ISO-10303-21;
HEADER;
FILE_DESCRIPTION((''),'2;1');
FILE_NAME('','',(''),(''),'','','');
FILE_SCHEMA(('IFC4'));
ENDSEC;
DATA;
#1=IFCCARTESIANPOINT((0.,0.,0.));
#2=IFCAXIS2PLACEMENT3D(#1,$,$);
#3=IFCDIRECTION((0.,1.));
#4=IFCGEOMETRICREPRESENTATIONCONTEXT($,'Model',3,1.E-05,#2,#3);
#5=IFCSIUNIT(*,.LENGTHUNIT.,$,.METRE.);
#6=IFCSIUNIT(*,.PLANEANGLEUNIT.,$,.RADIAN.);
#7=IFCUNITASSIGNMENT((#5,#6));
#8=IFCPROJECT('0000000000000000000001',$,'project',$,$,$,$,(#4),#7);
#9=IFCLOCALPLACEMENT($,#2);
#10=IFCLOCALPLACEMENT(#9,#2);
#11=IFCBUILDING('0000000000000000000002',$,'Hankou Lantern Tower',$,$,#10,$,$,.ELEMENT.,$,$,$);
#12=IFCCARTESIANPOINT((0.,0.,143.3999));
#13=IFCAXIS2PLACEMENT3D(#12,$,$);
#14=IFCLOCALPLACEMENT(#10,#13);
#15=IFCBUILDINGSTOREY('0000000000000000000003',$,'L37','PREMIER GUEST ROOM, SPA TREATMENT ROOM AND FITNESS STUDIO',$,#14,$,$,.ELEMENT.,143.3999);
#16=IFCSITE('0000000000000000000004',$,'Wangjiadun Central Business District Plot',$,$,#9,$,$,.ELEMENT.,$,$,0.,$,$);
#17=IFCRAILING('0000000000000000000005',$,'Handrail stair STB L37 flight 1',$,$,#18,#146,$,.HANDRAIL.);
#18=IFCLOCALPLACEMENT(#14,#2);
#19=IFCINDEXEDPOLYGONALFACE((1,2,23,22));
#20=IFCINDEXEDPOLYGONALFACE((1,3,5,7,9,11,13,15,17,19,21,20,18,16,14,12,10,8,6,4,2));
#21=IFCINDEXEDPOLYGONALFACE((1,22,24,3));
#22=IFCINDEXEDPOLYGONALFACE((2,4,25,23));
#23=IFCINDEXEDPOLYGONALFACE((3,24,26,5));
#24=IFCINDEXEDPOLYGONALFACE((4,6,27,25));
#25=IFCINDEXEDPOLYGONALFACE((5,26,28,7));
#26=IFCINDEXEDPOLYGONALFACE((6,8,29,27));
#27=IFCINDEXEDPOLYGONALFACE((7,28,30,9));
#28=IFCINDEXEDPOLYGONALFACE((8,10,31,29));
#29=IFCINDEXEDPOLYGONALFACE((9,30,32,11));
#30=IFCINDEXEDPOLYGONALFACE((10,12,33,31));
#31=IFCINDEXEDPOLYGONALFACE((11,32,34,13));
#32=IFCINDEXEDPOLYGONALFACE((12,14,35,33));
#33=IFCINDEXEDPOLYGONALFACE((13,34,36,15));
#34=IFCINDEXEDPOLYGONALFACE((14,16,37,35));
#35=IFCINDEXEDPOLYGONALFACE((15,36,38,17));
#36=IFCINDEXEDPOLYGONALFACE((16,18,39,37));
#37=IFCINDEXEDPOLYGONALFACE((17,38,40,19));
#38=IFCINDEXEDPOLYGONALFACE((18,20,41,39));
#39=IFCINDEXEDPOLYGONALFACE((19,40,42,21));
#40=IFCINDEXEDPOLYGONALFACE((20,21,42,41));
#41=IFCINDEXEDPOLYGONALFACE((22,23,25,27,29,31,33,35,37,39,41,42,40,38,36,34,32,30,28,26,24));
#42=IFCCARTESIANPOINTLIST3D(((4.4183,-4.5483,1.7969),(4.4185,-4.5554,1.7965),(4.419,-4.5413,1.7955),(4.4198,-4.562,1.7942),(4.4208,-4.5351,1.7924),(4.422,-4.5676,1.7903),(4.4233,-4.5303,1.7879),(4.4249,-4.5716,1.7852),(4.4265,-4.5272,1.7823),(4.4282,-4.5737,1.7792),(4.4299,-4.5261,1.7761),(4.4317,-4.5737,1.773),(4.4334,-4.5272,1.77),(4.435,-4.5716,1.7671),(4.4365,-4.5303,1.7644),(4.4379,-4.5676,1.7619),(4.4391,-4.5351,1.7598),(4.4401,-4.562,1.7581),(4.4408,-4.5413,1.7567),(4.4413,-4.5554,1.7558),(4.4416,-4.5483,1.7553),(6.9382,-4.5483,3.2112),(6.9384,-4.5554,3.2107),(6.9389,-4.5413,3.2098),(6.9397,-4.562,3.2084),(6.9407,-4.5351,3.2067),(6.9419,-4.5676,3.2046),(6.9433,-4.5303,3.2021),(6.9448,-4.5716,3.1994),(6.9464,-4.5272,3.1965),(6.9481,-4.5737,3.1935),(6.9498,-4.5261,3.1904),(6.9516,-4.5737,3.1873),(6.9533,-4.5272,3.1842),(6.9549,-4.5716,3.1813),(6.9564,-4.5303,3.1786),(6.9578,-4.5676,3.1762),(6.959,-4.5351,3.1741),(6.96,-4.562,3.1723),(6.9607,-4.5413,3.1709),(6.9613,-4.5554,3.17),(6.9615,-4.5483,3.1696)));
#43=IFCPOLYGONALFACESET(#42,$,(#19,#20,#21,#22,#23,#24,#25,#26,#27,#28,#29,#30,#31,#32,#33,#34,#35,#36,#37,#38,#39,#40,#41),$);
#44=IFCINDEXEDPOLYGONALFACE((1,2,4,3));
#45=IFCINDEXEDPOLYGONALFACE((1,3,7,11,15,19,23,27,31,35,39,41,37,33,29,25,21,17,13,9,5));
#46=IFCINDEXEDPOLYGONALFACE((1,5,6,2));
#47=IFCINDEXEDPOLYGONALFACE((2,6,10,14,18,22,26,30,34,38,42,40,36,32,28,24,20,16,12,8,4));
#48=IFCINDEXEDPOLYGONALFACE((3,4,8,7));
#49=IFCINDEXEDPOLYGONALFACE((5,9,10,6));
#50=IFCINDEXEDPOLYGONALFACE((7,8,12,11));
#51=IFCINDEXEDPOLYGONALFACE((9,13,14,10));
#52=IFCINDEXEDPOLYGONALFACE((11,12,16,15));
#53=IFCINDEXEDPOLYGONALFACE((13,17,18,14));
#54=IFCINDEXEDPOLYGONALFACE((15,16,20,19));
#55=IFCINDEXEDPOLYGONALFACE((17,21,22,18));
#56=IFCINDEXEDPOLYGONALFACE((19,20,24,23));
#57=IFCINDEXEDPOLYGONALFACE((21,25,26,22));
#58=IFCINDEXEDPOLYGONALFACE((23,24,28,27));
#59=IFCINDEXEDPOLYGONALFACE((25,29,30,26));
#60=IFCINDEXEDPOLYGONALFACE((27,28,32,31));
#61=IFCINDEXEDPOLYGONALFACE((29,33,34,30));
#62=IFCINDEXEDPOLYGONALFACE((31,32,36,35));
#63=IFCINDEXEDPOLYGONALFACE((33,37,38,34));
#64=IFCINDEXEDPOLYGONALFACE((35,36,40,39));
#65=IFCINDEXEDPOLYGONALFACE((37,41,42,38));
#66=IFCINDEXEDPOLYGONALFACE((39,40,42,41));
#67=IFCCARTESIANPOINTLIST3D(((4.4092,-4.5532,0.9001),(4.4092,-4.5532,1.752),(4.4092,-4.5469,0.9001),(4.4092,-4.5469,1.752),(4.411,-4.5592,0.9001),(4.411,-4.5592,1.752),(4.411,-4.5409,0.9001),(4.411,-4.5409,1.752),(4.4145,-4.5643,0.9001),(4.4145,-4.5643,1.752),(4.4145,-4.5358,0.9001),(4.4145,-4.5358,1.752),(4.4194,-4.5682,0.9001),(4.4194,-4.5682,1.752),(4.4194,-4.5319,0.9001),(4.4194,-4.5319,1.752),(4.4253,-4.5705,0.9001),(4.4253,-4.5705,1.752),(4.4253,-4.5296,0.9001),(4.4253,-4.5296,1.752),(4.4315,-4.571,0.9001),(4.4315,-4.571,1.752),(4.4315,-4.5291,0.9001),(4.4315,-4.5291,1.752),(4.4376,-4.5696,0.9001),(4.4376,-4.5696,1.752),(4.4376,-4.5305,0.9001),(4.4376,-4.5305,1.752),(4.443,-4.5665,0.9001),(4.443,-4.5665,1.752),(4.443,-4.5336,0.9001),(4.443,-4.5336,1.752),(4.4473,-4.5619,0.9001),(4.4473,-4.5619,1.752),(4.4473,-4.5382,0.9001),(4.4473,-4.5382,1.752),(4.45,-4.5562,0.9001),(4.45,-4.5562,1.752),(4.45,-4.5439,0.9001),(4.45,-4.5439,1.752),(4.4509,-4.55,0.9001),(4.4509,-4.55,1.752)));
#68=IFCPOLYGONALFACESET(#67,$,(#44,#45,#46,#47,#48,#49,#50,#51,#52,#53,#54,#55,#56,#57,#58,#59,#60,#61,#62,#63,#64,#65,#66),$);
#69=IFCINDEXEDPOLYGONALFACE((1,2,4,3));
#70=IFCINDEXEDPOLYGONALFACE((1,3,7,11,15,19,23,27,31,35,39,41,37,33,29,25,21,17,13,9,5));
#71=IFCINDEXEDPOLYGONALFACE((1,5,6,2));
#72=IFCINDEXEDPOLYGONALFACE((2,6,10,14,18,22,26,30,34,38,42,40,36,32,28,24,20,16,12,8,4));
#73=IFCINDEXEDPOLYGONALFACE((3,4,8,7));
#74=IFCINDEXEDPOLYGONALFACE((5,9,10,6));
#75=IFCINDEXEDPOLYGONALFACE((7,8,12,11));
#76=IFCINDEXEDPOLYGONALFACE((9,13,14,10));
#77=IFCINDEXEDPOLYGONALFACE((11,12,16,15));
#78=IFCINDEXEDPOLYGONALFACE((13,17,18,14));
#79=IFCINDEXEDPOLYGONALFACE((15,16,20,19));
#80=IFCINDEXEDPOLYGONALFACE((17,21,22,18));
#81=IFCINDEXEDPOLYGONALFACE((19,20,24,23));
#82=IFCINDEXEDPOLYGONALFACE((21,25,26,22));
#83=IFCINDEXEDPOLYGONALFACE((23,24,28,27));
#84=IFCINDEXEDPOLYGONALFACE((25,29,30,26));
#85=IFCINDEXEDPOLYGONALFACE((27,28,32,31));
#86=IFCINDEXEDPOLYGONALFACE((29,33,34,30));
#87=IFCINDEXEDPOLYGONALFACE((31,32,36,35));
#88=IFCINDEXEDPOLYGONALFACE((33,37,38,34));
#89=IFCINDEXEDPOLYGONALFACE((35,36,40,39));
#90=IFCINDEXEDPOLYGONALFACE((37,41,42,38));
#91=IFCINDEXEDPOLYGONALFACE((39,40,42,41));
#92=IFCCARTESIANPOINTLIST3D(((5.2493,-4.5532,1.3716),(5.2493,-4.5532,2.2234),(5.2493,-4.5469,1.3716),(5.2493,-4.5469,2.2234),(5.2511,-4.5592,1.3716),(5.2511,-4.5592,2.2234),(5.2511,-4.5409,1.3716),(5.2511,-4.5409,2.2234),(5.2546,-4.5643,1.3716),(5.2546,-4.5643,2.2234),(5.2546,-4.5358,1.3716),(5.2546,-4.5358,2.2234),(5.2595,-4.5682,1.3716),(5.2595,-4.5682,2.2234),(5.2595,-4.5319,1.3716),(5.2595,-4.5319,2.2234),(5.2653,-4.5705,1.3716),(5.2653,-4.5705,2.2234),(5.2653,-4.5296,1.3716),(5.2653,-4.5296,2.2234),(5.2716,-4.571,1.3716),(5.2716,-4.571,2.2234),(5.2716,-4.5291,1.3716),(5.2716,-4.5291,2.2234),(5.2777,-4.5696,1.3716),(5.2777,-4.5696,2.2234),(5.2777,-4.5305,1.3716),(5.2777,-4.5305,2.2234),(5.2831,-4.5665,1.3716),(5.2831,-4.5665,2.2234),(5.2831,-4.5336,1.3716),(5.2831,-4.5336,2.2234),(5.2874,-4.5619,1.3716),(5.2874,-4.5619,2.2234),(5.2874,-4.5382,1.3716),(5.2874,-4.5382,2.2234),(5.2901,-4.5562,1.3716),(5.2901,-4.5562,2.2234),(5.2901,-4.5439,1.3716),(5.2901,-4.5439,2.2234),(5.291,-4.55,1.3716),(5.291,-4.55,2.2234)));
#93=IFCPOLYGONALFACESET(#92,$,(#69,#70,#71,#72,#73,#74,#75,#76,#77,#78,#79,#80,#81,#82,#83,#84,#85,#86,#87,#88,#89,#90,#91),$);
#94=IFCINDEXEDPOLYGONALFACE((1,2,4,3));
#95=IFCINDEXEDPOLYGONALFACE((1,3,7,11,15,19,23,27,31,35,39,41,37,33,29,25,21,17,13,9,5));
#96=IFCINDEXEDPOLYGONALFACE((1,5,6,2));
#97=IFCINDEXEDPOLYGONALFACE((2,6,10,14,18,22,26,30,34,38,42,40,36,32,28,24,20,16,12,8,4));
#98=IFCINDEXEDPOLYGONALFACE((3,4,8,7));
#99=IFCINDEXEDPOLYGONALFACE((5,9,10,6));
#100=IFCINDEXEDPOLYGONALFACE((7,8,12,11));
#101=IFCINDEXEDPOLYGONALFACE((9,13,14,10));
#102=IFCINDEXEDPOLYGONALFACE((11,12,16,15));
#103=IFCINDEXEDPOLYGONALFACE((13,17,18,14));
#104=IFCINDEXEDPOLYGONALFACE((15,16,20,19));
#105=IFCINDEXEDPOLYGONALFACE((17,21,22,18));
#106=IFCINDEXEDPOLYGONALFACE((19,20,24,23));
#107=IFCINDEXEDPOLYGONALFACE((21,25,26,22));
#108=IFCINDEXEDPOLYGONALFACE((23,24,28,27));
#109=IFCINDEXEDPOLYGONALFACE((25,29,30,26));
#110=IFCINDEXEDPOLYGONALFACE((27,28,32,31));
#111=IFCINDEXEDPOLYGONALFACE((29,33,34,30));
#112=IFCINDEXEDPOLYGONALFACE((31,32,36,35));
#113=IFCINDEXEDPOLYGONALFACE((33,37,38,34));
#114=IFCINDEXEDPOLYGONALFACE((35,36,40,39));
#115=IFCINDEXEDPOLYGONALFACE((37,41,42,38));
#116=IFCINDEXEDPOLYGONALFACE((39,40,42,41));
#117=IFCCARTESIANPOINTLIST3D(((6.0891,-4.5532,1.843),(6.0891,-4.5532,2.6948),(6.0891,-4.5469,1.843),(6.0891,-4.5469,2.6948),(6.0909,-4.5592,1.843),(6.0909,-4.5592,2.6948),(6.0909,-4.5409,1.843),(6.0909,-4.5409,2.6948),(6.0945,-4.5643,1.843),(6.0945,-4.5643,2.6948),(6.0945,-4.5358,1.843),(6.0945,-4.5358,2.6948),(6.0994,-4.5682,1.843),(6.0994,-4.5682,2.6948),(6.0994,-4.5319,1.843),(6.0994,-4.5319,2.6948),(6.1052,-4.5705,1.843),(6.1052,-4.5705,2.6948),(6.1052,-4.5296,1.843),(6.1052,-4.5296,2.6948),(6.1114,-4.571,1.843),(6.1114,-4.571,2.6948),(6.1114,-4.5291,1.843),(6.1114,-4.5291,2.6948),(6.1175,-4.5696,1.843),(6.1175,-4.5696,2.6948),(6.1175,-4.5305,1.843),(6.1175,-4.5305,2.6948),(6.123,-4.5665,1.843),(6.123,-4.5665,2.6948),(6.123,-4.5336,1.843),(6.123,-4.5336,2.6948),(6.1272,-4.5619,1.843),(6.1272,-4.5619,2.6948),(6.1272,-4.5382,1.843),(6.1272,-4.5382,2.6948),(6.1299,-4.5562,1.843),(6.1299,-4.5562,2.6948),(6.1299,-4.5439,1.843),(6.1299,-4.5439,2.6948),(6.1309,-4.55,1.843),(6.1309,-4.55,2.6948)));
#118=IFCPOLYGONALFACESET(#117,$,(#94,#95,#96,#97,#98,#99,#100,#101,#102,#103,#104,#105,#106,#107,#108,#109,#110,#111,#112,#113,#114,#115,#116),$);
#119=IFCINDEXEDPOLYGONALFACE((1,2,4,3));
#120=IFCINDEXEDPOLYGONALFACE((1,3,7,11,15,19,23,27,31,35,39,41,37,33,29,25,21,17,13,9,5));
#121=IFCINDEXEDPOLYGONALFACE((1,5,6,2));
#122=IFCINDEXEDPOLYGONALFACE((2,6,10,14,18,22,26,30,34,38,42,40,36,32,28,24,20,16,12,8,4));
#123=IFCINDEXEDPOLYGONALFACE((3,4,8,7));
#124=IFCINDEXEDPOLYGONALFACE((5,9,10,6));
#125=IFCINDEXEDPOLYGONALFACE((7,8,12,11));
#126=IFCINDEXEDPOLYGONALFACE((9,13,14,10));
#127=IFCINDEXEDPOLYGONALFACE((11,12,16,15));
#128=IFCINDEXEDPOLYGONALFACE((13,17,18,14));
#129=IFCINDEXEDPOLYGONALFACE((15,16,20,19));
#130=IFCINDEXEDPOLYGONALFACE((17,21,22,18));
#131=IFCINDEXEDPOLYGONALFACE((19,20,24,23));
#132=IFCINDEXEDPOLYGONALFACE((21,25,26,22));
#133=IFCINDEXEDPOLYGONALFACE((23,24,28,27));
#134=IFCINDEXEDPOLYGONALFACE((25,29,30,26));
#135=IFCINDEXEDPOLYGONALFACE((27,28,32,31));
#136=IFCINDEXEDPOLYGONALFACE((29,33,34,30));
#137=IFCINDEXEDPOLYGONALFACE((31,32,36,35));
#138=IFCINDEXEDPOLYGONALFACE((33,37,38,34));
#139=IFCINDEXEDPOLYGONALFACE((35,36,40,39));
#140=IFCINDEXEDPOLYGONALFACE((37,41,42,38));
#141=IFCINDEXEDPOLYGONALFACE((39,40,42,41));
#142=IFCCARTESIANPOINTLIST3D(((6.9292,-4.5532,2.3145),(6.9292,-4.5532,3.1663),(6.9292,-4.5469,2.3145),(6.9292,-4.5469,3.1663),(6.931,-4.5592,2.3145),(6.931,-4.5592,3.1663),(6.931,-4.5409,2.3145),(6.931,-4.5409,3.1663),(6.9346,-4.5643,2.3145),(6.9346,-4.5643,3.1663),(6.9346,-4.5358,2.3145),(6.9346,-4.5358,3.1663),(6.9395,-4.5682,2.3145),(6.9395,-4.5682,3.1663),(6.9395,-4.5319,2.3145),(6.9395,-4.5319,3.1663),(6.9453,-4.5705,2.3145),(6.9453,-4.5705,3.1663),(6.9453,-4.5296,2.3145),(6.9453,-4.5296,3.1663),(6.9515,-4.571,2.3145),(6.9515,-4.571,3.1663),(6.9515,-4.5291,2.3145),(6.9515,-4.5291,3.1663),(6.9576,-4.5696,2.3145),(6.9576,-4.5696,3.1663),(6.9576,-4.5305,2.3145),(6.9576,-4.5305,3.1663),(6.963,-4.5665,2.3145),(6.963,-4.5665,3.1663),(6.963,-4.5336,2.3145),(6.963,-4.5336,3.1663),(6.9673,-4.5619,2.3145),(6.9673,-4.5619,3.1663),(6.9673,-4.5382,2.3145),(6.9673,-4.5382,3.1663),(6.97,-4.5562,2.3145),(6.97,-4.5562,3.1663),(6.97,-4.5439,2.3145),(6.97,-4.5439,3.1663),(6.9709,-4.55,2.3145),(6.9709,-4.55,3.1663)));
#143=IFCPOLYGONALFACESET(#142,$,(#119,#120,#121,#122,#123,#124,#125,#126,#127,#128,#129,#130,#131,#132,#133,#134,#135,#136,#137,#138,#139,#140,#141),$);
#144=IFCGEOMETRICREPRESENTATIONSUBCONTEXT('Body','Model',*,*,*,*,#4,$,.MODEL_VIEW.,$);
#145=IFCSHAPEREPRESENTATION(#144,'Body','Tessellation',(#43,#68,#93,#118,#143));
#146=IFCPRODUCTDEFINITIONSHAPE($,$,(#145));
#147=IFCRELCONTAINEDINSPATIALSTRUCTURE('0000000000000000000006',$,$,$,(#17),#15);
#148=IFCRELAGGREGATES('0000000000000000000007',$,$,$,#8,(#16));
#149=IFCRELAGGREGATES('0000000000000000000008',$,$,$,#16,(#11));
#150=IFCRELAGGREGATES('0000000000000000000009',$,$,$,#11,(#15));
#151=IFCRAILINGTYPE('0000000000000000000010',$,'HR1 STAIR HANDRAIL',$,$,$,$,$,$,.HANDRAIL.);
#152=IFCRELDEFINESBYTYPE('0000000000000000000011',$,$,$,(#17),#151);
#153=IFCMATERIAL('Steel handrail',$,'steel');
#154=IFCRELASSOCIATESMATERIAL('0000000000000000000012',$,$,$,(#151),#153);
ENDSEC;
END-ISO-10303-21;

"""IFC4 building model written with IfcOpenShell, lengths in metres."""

from ifc_helpers import new_model, si_unit, direction, frame, origin, origin_2d, place, context, subcontext, project, spatial, circle, extrude, material, type_object, element, save


model = new_model("IFC4")

# Units and contexts
model_context = context("Model", 3, precision=1e-05, world=origin(), true_north=direction((0.0, 1.0)))
body_context = subcontext(model_context, "Body", "Model", "MODEL_VIEW")
ifc_project = project(units=[si_unit("LENGTHUNIT", "METRE"), si_unit("PLANEANGLEUNIT", "RADIAN")], contexts=[model_context])

# Site, building, storey
site_placement = place(None, origin())
site = spatial("IfcSite", under=ifc_project, at=site_placement, Name="Wangjiadun Central Business District Plot", CompositionType="ELEMENT", RefElevation=0.0)
building_placement = place(site_placement, origin())
building = spatial("IfcBuilding", under=site, at=building_placement, Name="Hankou Lantern Tower", CompositionType="ELEMENT")
storey_placement = place(building_placement, frame((0.0, 0.0, 143.3999)))
storey = spatial("IfcBuildingStorey", under=building, at=storey_placement, Name="L37", Description="PREMIER GUEST ROOM, SPA TREATMENT ROOM AND FITNESS STUDIO", CompositionType="ELEMENT", Elevation=143.3999)

# Railing
ifc_material_1 = material(Name="Steel handrail", Category="steel")
railing_type = type_object("IfcRailingType", Name="HR1 STAIR HANDRAIL", PredefinedType="HANDRAIL", material=ifc_material_1)
railing_1_placement = place(storey_placement, frame((4.4299, -4.55, 0.9001)))
element("IfcRailing", 1, at=railing_1_placement, inside=storey, type_object=railing_type, Name="Handrail stair STB L37 flight 1", PredefinedType="HANDRAIL", context=body_context, shape_type="SweptSolid", body=[
    extrude(circle(Radius=0.0239, at=origin_2d()), frame((0.0, 0.0, 0.876), z_axis=(0.872049, 0.0, 0.489419), x_axis=(0.0, 1.0, 0.0)), (0.0, 0.0, 1.0), 2.8896),
    extrude(circle(Radius=0.021, at=origin_2d()), origin(), (0.0, 0.0, 1.0), 0.8518),
    extrude(circle(Radius=0.021, at=origin_2d()), frame((0.8401, 0.0, 0.4714)), (0.0, 0.0, 1.0), 0.8518),
    extrude(circle(Radius=0.021, at=origin_2d()), frame((1.6799, 0.0, 0.9429)), (0.0, 0.0, 1.0), 0.8518),
    extrude(circle(Radius=0.021, at=origin_2d()), frame((2.52, 0.0, 1.4143)), (0.0, 0.0, 1.0), 0.8518),
])

save(model, "model.ifc")
